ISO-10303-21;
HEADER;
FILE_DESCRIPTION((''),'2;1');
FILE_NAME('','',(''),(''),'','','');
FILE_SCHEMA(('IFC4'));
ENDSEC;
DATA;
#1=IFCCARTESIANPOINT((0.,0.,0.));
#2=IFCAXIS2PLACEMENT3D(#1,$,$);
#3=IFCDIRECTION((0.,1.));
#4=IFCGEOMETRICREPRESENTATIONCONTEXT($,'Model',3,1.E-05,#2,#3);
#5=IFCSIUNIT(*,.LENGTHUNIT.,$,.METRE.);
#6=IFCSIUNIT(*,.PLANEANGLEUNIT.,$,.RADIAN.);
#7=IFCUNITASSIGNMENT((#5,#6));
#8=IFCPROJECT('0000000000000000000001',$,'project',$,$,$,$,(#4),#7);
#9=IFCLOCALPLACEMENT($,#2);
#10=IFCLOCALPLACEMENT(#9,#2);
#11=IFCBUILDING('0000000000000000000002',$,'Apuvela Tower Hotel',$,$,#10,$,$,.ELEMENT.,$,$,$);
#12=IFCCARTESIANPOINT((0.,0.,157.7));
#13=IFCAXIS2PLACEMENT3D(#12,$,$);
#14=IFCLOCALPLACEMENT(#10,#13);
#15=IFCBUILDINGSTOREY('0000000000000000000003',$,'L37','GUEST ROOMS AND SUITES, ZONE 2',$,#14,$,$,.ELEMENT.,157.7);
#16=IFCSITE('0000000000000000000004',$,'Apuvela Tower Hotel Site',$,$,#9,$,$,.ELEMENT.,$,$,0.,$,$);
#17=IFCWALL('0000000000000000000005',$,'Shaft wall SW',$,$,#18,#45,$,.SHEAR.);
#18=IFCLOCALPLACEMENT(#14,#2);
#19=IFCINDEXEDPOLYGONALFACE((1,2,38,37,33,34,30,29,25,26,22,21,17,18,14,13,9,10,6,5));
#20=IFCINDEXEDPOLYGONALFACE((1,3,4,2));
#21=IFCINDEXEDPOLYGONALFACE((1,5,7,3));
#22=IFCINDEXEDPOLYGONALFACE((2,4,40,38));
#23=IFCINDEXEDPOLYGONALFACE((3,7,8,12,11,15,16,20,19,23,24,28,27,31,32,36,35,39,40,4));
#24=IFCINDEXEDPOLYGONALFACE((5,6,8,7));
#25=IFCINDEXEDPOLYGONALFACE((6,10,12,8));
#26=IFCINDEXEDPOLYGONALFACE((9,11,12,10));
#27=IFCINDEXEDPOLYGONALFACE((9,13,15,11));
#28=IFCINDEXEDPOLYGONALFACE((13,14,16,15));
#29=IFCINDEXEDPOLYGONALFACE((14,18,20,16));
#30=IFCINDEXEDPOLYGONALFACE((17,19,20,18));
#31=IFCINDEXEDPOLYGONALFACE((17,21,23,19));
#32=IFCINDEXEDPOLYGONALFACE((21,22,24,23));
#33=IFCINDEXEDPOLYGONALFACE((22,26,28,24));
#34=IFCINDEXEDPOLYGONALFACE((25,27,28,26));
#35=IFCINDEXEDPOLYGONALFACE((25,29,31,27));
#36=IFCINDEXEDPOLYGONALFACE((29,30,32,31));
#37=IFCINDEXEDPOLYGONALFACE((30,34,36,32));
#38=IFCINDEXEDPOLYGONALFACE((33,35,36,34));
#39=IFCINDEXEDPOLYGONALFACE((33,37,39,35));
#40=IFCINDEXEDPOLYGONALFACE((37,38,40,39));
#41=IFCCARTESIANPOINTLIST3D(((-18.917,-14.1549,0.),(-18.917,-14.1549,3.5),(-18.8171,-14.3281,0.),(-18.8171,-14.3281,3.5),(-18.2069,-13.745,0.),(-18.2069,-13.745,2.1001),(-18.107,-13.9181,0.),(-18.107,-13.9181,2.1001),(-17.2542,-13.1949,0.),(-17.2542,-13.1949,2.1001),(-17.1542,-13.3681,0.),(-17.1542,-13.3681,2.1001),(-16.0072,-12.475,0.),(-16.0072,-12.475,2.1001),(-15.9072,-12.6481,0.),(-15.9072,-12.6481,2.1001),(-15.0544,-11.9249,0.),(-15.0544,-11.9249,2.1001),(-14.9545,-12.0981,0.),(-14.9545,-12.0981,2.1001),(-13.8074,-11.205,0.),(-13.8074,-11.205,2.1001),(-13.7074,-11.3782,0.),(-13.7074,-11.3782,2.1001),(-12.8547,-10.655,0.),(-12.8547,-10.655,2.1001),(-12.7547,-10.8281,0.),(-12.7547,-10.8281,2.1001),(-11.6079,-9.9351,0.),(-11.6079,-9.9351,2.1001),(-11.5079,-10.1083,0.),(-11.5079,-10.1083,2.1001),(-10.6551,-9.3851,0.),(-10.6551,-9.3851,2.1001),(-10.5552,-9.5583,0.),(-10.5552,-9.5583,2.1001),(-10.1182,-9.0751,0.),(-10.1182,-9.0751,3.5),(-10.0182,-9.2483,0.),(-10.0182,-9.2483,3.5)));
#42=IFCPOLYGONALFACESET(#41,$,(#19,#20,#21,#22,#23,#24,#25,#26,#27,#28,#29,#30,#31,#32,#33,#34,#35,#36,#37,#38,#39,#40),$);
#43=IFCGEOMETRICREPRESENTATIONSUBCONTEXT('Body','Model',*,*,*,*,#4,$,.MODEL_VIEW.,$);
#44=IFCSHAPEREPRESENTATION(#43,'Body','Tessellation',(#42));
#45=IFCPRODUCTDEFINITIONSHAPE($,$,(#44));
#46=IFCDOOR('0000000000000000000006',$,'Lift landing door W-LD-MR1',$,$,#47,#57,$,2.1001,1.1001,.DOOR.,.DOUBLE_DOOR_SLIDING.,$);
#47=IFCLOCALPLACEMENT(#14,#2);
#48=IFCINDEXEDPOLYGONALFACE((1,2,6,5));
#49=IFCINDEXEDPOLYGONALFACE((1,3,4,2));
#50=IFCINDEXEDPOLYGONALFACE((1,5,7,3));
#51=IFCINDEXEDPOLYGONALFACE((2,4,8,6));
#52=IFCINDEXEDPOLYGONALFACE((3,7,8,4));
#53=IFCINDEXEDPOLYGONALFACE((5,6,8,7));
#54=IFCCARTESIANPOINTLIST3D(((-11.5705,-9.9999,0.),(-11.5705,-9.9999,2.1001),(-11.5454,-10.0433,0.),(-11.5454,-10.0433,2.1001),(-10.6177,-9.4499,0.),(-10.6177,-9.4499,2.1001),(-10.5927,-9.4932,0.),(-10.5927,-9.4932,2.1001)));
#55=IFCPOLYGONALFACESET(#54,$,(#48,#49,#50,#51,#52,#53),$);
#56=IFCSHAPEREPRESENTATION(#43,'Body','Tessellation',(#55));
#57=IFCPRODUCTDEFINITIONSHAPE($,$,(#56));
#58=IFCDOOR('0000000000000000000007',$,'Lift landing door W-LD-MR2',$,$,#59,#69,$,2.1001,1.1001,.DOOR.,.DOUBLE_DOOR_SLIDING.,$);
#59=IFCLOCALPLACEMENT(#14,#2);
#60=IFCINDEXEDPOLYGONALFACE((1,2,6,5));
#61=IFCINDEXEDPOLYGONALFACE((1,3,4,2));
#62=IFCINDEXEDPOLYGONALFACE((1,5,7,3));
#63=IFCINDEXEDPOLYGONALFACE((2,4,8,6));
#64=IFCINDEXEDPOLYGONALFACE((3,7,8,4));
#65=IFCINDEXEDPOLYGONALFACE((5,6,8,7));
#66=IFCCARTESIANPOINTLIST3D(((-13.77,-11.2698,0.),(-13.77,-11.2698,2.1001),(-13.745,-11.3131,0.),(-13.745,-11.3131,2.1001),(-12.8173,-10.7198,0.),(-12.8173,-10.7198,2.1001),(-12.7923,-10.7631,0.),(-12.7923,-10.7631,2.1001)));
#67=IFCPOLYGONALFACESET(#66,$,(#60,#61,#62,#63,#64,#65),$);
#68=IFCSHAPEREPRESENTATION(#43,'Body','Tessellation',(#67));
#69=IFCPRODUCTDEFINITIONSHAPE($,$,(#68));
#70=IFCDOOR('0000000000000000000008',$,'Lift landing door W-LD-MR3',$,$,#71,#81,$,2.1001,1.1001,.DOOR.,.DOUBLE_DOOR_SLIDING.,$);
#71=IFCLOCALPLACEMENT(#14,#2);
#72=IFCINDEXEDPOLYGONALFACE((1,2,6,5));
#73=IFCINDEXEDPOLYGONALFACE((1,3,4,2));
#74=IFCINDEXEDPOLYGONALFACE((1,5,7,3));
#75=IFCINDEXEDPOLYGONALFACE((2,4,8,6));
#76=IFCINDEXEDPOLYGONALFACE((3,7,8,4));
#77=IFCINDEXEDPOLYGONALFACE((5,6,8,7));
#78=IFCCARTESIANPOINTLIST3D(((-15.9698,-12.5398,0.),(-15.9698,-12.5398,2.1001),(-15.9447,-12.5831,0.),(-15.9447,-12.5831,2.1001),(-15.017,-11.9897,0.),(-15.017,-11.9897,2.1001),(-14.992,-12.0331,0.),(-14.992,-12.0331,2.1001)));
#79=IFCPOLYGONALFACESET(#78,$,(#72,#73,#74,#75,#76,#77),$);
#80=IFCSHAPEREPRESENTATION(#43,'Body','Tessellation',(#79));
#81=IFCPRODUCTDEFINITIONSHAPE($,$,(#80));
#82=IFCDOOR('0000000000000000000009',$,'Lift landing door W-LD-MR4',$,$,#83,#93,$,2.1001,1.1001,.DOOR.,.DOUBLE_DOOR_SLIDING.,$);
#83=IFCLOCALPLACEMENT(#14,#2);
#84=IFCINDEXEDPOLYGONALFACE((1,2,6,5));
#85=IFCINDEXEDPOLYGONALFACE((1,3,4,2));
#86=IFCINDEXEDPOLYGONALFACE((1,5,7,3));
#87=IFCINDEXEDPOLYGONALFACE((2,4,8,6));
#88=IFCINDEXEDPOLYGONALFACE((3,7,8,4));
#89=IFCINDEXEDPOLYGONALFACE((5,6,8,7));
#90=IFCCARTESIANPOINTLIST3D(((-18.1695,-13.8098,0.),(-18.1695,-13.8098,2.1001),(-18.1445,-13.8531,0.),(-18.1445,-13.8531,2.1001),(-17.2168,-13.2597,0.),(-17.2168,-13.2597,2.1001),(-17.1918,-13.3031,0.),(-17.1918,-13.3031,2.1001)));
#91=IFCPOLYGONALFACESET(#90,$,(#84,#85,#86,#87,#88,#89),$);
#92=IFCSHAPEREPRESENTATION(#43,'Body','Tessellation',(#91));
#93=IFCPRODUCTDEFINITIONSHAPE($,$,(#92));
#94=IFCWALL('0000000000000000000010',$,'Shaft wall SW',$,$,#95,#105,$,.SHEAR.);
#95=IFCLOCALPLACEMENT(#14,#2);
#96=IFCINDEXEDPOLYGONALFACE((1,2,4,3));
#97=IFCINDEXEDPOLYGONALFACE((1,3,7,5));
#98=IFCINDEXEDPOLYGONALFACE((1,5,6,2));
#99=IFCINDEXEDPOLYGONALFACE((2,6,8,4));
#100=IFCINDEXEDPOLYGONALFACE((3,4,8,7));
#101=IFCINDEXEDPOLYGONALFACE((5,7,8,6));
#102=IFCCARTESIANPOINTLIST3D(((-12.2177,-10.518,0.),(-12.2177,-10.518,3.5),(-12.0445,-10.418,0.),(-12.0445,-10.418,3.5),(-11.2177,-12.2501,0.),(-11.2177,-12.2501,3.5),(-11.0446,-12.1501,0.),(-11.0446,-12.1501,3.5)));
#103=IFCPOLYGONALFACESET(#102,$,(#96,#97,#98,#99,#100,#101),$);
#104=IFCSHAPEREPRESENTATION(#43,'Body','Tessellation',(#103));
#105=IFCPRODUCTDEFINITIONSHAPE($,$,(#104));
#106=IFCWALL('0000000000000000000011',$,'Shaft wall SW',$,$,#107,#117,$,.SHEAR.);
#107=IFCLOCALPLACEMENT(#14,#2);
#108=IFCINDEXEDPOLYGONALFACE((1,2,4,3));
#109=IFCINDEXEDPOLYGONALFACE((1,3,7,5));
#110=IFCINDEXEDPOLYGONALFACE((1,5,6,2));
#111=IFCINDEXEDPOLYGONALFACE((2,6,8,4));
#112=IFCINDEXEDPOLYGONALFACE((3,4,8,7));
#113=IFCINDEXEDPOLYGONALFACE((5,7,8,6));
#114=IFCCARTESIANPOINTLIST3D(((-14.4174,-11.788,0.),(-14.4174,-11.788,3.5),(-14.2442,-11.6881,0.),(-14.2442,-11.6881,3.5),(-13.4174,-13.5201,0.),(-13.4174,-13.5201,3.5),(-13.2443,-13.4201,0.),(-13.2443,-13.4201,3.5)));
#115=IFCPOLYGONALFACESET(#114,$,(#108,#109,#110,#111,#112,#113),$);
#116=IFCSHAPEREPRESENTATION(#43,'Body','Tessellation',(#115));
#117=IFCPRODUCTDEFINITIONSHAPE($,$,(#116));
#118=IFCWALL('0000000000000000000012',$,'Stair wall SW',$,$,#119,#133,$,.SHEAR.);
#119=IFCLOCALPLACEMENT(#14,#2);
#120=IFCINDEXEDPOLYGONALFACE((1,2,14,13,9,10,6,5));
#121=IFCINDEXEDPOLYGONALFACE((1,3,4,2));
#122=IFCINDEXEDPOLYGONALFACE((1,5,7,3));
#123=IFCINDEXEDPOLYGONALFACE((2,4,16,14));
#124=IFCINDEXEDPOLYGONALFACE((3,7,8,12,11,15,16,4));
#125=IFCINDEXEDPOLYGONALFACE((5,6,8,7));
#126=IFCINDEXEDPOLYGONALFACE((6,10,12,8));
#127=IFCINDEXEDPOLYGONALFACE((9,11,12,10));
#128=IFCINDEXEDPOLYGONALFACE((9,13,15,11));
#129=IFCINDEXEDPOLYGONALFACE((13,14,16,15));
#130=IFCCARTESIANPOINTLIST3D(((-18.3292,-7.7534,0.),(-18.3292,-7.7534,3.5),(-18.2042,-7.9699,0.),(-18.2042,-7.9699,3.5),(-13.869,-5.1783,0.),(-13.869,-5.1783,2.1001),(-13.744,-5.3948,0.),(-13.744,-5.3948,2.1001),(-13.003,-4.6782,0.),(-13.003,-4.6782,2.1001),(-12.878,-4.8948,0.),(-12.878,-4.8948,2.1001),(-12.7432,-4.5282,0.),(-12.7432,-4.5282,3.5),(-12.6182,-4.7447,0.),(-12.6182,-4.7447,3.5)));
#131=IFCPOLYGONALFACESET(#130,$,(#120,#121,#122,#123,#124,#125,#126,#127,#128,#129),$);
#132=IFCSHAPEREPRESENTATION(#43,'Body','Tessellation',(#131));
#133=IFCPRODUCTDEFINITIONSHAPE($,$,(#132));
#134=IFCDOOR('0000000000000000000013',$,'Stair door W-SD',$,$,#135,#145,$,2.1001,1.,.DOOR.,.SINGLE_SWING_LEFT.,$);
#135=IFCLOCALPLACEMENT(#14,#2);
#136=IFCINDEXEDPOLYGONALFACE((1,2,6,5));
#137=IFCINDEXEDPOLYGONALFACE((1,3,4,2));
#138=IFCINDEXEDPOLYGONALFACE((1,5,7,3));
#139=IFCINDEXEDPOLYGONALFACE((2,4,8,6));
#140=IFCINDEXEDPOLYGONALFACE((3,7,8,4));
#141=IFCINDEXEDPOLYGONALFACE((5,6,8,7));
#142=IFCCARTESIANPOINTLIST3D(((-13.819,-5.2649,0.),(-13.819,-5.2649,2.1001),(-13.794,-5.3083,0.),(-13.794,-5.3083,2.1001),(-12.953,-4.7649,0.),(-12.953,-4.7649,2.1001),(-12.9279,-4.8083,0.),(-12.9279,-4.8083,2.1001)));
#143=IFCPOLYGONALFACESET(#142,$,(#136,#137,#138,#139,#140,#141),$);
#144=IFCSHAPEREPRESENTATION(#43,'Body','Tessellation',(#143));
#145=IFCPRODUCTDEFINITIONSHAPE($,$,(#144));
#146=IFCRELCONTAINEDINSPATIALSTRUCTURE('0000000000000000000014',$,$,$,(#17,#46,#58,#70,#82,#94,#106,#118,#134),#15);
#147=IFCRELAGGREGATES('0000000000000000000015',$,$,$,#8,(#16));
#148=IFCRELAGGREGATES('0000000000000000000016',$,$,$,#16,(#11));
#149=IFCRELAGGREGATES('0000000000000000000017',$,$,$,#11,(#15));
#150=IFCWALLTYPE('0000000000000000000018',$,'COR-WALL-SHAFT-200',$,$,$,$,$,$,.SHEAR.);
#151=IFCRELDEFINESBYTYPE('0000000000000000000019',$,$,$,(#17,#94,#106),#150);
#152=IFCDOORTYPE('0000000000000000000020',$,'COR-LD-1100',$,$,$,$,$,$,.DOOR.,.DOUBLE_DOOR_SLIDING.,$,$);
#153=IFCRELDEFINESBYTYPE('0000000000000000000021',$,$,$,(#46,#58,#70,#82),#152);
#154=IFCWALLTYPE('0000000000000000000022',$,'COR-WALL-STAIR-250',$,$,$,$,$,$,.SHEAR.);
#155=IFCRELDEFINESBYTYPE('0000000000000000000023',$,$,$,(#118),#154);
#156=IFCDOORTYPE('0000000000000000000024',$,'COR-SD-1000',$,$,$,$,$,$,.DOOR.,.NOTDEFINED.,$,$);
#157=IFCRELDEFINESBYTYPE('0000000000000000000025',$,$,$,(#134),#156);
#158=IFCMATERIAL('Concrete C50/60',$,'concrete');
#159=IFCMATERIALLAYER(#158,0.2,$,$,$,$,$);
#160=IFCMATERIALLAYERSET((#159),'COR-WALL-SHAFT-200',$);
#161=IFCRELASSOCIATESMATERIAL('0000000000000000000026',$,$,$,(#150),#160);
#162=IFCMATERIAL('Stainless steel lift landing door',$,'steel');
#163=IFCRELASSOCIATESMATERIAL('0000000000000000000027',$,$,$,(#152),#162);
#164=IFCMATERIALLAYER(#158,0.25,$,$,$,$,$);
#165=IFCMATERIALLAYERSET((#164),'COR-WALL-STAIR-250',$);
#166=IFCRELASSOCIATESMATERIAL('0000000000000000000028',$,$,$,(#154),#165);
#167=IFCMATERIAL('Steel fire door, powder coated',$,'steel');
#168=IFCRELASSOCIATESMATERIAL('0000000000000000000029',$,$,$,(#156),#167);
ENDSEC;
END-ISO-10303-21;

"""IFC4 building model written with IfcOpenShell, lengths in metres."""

from ifc_helpers import new_model, si_unit, direction, frame, frame_2d, origin, place, context, subcontext, project, spatial, rectangle, extrude, material, layer, layer_set, type_object, element, fill, save


model = new_model("IFC4")

# Units and contexts
model_context = context("Model", 3, precision=1e-05, world=origin(), true_north=direction((0.0, 1.0)))
body_context = subcontext(model_context, "Body", "Model", "MODEL_VIEW")
ifc_project = project(units=[si_unit("LENGTHUNIT", "METRE"), si_unit("PLANEANGLEUNIT", "RADIAN")], contexts=[model_context])

# Site, building, storey
site_placement = place(None, origin())
site = spatial("IfcSite", under=ifc_project, at=site_placement, Name="Apuvela Tower Hotel Site", CompositionType="ELEMENT", RefElevation=0.0)
building_placement = place(site_placement, origin())
building = spatial("IfcBuilding", under=site, at=building_placement, Name="Apuvela Tower Hotel", CompositionType="ELEMENT")
storey_placement = place(building_placement, frame((0.0, 0.0, 157.7)))
storey = spatial("IfcBuildingStorey", under=building, at=storey_placement, Name="L37", Description="GUEST ROOMS AND SUITES, ZONE 2", CompositionType="ELEMENT", Elevation=157.7)

# Shared definitions
ifc_material_1 = material(Name="Concrete C50/60", Category="concrete")

# Shared definitions
ifc_layer_1 = layer(ifc_material_1, 0.2)
ifc_layer_set_1 = layer_set([ifc_layer_1], Name="COR-WALL-SHAFT-200")
wall_type_1 = type_object("IfcWallType", Name="COR-WALL-SHAFT-200", PredefinedType="SHEAR", material=ifc_layer_set_1)
ifc_material_2 = material(Name="Stainless steel lift landing door", Category="steel")

# Wall, openings, doors
wall_1_placement = place(storey_placement, frame((-10.0681, -9.1616, 0.0), z_axis=(0.0, 0.0, 1.0), x_axis=(-0.866033, -0.499987, 0.0)))
wall_1 = element("IfcWall", 1, at=wall_1_placement, inside=storey, type_object=wall_type_1, Name="Shaft wall SW", PredefinedType="SHEAR", context=body_context, shape_type="SweptSolid", body=[
    extrude(rectangle(XDim=10.1599, YDim=0.2, at=frame_2d((5.0801, 0.0))), origin(), (0.0, 0.0, 1.0), 3.5),
])
opening_1_placement = place(wall_1_placement, frame((0.6201, 0.0, 0.0)))
opening_1 = element("IfcOpeningElement", 2, at=opening_1_placement, cuts=wall_1, PredefinedType="OPENING", context=body_context, shape_type="SweptSolid", body=[
    extrude(rectangle(XDim=1.1001, YDim=2.1001, at=frame_2d((0.55, 1.05))), frame((0.0, 0.1099, 0.0), z_axis=(0.0, -1.0, 0.0), x_axis=(1.0, 0.0, 0.0)), (0.0, 0.0, 1.0), 0.22),
])
opening_2_placement = place(wall_1_placement, frame((3.1599, 0.0, 0.0)))
opening_2 = element("IfcOpeningElement", 3, at=opening_2_placement, cuts=wall_1, PredefinedType="OPENING", context=body_context, shape_type="SweptSolid", body=[
    extrude(rectangle(XDim=1.1001, YDim=2.1001, at=frame_2d((0.55, 1.05))), frame((0.0, 0.1099, 0.0), z_axis=(0.0, -1.0, 0.0), x_axis=(1.0, 0.0, 0.0)), (0.0, 0.0, 1.0), 0.22),
])
opening_3_placement = place(wall_1_placement, frame((5.7, 0.0, 0.0)))
opening_3 = element("IfcOpeningElement", 4, at=opening_3_placement, cuts=wall_1, PredefinedType="OPENING", context=body_context, shape_type="SweptSolid", body=[
    extrude(rectangle(XDim=1.1001, YDim=2.1001, at=frame_2d((0.55, 1.05))), frame((0.0, 0.1099, 0.0), z_axis=(0.0, -1.0, 0.0), x_axis=(1.0, 0.0, 0.0)), (0.0, 0.0, 1.0), 0.22),
])
opening_4_placement = place(wall_1_placement, frame((8.24, 0.0, 0.0)))
opening_4 = element("IfcOpeningElement", 5, at=opening_4_placement, cuts=wall_1, PredefinedType="OPENING", context=body_context, shape_type="SweptSolid", body=[
    extrude(rectangle(XDim=1.1001, YDim=2.1001, at=frame_2d((0.55, 1.05))), frame((0.0, 0.1099, 0.0), z_axis=(0.0, -1.0, 0.0), x_axis=(1.0, 0.0, 0.0)), (0.0, 0.0, 1.0), 0.22),
])
door_type_1 = type_object("IfcDoorType", Name="COR-LD-1100", OperationType="DOUBLE_DOOR_SLIDING", PredefinedType="DOOR", material=ifc_material_2)
door_1_placement = place(opening_1_placement, origin())
door_1 = element("IfcDoor", 6, at=door_1_placement, inside=storey, type_object=door_type_1, Name="Lift landing door W-LD-MR1", OperationType="DOUBLE_DOOR_SLIDING", OverallHeight=2.1001, OverallWidth=1.1001, PredefinedType="DOOR", context=body_context, shape_type="SweptSolid", body=[
    extrude(rectangle(XDim=1.1001, YDim=2.1001, at=frame_2d((0.55, 1.05))), frame((0.0, 0.0249, 0.0), z_axis=(0.0, -1.0, 0.0), x_axis=(1.0, 0.0, 0.0)), (0.0, 0.0, 1.0), 0.05),
])
fill(opening_1, door_1)
door_2_placement = place(opening_2_placement, origin())
door_2 = element("IfcDoor", 7, at=door_2_placement, inside=storey, type_object=door_type_1, Name="Lift landing door W-LD-MR2", OperationType="DOUBLE_DOOR_SLIDING", OverallHeight=2.1001, OverallWidth=1.1001, PredefinedType="DOOR", context=body_context, shape_type="SweptSolid", body=[
    extrude(rectangle(XDim=1.1001, YDim=2.1001, at=frame_2d((0.55, 1.05))), frame((0.0, 0.0249, 0.0), z_axis=(0.0, -1.0, 0.0), x_axis=(1.0, 0.0, 0.0)), (0.0, 0.0, 1.0), 0.05),
])
fill(opening_2, door_2)
door_3_placement = place(opening_3_placement, origin())
door_3 = element("IfcDoor", 8, at=door_3_placement, inside=storey, type_object=door_type_1, Name="Lift landing door W-LD-MR3", OperationType="DOUBLE_DOOR_SLIDING", OverallHeight=2.1001, OverallWidth=1.1001, PredefinedType="DOOR", context=body_context, shape_type="SweptSolid", body=[
    extrude(rectangle(XDim=1.1001, YDim=2.1001, at=frame_2d((0.55, 1.05))), frame((0.0, 0.0249, 0.0), z_axis=(0.0, -1.0, 0.0), x_axis=(1.0, 0.0, 0.0)), (0.0, 0.0, 1.0), 0.05),
])
fill(opening_3, door_3)
door_4_placement = place(opening_4_placement, origin())
door_4 = element("IfcDoor", 9, at=door_4_placement, inside=storey, type_object=door_type_1, Name="Lift landing door W-LD-MR4", OperationType="DOUBLE_DOOR_SLIDING", OverallHeight=2.1001, OverallWidth=1.1001, PredefinedType="DOOR", context=body_context, shape_type="SweptSolid", body=[
    extrude(rectangle(XDim=1.1001, YDim=2.1001, at=frame_2d((0.55, 1.05))), frame((0.0, 0.0249, 0.0), z_axis=(0.0, -1.0, 0.0), x_axis=(1.0, 0.0, 0.0)), (0.0, 0.0, 1.0), 0.05),
])
fill(opening_4, door_4)

# Walls
for number, where, z_axis, x_axis, name in (
    (10, (-12.1311, -10.468, 0.0), (0.0, 0.0, 1.0), (0.499973, -0.866041, 0.0), "Shaft wall SW"),
    (11, (-14.3308, -11.738, 0.0), (0.0, 0.0, 1.0), (0.499973, -0.866041, 0.0), "Shaft wall SW"),
):
    element("IfcWall", number, at=place(storey_placement, frame(where, z_axis=z_axis, x_axis=x_axis)), inside=storey, type_object=wall_type_1, Name=name, PredefinedType="SHEAR", context=body_context, shape_type="SweptSolid", body=[
        extrude(rectangle(XDim=2.0, YDim=0.2, at=frame_2d((1.0, 0.0))), origin(), (0.0, 0.0, 1.0), 3.5),
    ])

# Wall, opening, door
ifc_layer_2 = layer(ifc_material_1, 0.25)
ifc_layer_set_2 = layer_set([ifc_layer_2], Name="COR-WALL-STAIR-250")
wall_type_2 = type_object("IfcWallType", Name="COR-WALL-STAIR-250", PredefinedType="SHEAR", material=ifc_layer_set_2)
wall_2_placement = place(storey_placement, frame((-12.6807, -4.6365, 0.0), z_axis=(0.0, 0.0, 1.0), x_axis=(-0.866022, -0.500006, 0.0)))
wall_2 = element("IfcWall", 12, at=wall_2_placement, inside=storey, type_object=wall_type_2, Name="Stair wall SW", PredefinedType="SHEAR", context=body_context, shape_type="SweptSolid", body=[
    extrude(rectangle(XDim=6.4502, YDim=0.25, at=frame_2d((3.2251, 0.0))), origin(), (0.0, 0.0, 1.0), 3.5),
])
opening_5_placement = place(wall_2_placement, frame((0.3, 0.0, 0.0)))
opening_5 = element("IfcOpeningElement", 13, at=opening_5_placement, cuts=wall_2, PredefinedType="OPENING", context=body_context, shape_type="SweptSolid", body=[
    extrude(rectangle(XDim=1.0, YDim=2.1001, at=frame_2d((0.5, 1.05))), frame((0.0, 0.135, 0.0), z_axis=(0.0, -1.0, 0.0), x_axis=(1.0, 0.0, 0.0)), (0.0, 0.0, 1.0), 0.27),
])
ifc_material_3 = material(Name="Steel fire door, powder coated", Category="steel")
door_type_2 = type_object("IfcDoorType", Name="COR-SD-1000", OperationType="NOTDEFINED", PredefinedType="DOOR", material=ifc_material_3)
door_5_placement = place(opening_5_placement, frame((1.0, 0.0, 0.0), z_axis=(0.0, 0.0, 1.0), x_axis=(-1.0, 0.0, 0.0)))
door_5 = element("IfcDoor", 14, at=door_5_placement, inside=storey, type_object=door_type_2, Name="Stair door W-SD", OperationType="SINGLE_SWING_LEFT", OverallHeight=2.1001, OverallWidth=1.0, PredefinedType="DOOR", context=body_context, shape_type="SweptSolid", body=[
    extrude(rectangle(XDim=1.0, YDim=2.1001, at=frame_2d((0.5, 1.05))), frame((0.0, 0.0249, 0.0), z_axis=(0.0, -1.0, 0.0), x_axis=(1.0, 0.0, 0.0)), (0.0, 0.0, 1.0), 0.05),
])
fill(opening_5, door_5)

save(model, "model.ifc")
